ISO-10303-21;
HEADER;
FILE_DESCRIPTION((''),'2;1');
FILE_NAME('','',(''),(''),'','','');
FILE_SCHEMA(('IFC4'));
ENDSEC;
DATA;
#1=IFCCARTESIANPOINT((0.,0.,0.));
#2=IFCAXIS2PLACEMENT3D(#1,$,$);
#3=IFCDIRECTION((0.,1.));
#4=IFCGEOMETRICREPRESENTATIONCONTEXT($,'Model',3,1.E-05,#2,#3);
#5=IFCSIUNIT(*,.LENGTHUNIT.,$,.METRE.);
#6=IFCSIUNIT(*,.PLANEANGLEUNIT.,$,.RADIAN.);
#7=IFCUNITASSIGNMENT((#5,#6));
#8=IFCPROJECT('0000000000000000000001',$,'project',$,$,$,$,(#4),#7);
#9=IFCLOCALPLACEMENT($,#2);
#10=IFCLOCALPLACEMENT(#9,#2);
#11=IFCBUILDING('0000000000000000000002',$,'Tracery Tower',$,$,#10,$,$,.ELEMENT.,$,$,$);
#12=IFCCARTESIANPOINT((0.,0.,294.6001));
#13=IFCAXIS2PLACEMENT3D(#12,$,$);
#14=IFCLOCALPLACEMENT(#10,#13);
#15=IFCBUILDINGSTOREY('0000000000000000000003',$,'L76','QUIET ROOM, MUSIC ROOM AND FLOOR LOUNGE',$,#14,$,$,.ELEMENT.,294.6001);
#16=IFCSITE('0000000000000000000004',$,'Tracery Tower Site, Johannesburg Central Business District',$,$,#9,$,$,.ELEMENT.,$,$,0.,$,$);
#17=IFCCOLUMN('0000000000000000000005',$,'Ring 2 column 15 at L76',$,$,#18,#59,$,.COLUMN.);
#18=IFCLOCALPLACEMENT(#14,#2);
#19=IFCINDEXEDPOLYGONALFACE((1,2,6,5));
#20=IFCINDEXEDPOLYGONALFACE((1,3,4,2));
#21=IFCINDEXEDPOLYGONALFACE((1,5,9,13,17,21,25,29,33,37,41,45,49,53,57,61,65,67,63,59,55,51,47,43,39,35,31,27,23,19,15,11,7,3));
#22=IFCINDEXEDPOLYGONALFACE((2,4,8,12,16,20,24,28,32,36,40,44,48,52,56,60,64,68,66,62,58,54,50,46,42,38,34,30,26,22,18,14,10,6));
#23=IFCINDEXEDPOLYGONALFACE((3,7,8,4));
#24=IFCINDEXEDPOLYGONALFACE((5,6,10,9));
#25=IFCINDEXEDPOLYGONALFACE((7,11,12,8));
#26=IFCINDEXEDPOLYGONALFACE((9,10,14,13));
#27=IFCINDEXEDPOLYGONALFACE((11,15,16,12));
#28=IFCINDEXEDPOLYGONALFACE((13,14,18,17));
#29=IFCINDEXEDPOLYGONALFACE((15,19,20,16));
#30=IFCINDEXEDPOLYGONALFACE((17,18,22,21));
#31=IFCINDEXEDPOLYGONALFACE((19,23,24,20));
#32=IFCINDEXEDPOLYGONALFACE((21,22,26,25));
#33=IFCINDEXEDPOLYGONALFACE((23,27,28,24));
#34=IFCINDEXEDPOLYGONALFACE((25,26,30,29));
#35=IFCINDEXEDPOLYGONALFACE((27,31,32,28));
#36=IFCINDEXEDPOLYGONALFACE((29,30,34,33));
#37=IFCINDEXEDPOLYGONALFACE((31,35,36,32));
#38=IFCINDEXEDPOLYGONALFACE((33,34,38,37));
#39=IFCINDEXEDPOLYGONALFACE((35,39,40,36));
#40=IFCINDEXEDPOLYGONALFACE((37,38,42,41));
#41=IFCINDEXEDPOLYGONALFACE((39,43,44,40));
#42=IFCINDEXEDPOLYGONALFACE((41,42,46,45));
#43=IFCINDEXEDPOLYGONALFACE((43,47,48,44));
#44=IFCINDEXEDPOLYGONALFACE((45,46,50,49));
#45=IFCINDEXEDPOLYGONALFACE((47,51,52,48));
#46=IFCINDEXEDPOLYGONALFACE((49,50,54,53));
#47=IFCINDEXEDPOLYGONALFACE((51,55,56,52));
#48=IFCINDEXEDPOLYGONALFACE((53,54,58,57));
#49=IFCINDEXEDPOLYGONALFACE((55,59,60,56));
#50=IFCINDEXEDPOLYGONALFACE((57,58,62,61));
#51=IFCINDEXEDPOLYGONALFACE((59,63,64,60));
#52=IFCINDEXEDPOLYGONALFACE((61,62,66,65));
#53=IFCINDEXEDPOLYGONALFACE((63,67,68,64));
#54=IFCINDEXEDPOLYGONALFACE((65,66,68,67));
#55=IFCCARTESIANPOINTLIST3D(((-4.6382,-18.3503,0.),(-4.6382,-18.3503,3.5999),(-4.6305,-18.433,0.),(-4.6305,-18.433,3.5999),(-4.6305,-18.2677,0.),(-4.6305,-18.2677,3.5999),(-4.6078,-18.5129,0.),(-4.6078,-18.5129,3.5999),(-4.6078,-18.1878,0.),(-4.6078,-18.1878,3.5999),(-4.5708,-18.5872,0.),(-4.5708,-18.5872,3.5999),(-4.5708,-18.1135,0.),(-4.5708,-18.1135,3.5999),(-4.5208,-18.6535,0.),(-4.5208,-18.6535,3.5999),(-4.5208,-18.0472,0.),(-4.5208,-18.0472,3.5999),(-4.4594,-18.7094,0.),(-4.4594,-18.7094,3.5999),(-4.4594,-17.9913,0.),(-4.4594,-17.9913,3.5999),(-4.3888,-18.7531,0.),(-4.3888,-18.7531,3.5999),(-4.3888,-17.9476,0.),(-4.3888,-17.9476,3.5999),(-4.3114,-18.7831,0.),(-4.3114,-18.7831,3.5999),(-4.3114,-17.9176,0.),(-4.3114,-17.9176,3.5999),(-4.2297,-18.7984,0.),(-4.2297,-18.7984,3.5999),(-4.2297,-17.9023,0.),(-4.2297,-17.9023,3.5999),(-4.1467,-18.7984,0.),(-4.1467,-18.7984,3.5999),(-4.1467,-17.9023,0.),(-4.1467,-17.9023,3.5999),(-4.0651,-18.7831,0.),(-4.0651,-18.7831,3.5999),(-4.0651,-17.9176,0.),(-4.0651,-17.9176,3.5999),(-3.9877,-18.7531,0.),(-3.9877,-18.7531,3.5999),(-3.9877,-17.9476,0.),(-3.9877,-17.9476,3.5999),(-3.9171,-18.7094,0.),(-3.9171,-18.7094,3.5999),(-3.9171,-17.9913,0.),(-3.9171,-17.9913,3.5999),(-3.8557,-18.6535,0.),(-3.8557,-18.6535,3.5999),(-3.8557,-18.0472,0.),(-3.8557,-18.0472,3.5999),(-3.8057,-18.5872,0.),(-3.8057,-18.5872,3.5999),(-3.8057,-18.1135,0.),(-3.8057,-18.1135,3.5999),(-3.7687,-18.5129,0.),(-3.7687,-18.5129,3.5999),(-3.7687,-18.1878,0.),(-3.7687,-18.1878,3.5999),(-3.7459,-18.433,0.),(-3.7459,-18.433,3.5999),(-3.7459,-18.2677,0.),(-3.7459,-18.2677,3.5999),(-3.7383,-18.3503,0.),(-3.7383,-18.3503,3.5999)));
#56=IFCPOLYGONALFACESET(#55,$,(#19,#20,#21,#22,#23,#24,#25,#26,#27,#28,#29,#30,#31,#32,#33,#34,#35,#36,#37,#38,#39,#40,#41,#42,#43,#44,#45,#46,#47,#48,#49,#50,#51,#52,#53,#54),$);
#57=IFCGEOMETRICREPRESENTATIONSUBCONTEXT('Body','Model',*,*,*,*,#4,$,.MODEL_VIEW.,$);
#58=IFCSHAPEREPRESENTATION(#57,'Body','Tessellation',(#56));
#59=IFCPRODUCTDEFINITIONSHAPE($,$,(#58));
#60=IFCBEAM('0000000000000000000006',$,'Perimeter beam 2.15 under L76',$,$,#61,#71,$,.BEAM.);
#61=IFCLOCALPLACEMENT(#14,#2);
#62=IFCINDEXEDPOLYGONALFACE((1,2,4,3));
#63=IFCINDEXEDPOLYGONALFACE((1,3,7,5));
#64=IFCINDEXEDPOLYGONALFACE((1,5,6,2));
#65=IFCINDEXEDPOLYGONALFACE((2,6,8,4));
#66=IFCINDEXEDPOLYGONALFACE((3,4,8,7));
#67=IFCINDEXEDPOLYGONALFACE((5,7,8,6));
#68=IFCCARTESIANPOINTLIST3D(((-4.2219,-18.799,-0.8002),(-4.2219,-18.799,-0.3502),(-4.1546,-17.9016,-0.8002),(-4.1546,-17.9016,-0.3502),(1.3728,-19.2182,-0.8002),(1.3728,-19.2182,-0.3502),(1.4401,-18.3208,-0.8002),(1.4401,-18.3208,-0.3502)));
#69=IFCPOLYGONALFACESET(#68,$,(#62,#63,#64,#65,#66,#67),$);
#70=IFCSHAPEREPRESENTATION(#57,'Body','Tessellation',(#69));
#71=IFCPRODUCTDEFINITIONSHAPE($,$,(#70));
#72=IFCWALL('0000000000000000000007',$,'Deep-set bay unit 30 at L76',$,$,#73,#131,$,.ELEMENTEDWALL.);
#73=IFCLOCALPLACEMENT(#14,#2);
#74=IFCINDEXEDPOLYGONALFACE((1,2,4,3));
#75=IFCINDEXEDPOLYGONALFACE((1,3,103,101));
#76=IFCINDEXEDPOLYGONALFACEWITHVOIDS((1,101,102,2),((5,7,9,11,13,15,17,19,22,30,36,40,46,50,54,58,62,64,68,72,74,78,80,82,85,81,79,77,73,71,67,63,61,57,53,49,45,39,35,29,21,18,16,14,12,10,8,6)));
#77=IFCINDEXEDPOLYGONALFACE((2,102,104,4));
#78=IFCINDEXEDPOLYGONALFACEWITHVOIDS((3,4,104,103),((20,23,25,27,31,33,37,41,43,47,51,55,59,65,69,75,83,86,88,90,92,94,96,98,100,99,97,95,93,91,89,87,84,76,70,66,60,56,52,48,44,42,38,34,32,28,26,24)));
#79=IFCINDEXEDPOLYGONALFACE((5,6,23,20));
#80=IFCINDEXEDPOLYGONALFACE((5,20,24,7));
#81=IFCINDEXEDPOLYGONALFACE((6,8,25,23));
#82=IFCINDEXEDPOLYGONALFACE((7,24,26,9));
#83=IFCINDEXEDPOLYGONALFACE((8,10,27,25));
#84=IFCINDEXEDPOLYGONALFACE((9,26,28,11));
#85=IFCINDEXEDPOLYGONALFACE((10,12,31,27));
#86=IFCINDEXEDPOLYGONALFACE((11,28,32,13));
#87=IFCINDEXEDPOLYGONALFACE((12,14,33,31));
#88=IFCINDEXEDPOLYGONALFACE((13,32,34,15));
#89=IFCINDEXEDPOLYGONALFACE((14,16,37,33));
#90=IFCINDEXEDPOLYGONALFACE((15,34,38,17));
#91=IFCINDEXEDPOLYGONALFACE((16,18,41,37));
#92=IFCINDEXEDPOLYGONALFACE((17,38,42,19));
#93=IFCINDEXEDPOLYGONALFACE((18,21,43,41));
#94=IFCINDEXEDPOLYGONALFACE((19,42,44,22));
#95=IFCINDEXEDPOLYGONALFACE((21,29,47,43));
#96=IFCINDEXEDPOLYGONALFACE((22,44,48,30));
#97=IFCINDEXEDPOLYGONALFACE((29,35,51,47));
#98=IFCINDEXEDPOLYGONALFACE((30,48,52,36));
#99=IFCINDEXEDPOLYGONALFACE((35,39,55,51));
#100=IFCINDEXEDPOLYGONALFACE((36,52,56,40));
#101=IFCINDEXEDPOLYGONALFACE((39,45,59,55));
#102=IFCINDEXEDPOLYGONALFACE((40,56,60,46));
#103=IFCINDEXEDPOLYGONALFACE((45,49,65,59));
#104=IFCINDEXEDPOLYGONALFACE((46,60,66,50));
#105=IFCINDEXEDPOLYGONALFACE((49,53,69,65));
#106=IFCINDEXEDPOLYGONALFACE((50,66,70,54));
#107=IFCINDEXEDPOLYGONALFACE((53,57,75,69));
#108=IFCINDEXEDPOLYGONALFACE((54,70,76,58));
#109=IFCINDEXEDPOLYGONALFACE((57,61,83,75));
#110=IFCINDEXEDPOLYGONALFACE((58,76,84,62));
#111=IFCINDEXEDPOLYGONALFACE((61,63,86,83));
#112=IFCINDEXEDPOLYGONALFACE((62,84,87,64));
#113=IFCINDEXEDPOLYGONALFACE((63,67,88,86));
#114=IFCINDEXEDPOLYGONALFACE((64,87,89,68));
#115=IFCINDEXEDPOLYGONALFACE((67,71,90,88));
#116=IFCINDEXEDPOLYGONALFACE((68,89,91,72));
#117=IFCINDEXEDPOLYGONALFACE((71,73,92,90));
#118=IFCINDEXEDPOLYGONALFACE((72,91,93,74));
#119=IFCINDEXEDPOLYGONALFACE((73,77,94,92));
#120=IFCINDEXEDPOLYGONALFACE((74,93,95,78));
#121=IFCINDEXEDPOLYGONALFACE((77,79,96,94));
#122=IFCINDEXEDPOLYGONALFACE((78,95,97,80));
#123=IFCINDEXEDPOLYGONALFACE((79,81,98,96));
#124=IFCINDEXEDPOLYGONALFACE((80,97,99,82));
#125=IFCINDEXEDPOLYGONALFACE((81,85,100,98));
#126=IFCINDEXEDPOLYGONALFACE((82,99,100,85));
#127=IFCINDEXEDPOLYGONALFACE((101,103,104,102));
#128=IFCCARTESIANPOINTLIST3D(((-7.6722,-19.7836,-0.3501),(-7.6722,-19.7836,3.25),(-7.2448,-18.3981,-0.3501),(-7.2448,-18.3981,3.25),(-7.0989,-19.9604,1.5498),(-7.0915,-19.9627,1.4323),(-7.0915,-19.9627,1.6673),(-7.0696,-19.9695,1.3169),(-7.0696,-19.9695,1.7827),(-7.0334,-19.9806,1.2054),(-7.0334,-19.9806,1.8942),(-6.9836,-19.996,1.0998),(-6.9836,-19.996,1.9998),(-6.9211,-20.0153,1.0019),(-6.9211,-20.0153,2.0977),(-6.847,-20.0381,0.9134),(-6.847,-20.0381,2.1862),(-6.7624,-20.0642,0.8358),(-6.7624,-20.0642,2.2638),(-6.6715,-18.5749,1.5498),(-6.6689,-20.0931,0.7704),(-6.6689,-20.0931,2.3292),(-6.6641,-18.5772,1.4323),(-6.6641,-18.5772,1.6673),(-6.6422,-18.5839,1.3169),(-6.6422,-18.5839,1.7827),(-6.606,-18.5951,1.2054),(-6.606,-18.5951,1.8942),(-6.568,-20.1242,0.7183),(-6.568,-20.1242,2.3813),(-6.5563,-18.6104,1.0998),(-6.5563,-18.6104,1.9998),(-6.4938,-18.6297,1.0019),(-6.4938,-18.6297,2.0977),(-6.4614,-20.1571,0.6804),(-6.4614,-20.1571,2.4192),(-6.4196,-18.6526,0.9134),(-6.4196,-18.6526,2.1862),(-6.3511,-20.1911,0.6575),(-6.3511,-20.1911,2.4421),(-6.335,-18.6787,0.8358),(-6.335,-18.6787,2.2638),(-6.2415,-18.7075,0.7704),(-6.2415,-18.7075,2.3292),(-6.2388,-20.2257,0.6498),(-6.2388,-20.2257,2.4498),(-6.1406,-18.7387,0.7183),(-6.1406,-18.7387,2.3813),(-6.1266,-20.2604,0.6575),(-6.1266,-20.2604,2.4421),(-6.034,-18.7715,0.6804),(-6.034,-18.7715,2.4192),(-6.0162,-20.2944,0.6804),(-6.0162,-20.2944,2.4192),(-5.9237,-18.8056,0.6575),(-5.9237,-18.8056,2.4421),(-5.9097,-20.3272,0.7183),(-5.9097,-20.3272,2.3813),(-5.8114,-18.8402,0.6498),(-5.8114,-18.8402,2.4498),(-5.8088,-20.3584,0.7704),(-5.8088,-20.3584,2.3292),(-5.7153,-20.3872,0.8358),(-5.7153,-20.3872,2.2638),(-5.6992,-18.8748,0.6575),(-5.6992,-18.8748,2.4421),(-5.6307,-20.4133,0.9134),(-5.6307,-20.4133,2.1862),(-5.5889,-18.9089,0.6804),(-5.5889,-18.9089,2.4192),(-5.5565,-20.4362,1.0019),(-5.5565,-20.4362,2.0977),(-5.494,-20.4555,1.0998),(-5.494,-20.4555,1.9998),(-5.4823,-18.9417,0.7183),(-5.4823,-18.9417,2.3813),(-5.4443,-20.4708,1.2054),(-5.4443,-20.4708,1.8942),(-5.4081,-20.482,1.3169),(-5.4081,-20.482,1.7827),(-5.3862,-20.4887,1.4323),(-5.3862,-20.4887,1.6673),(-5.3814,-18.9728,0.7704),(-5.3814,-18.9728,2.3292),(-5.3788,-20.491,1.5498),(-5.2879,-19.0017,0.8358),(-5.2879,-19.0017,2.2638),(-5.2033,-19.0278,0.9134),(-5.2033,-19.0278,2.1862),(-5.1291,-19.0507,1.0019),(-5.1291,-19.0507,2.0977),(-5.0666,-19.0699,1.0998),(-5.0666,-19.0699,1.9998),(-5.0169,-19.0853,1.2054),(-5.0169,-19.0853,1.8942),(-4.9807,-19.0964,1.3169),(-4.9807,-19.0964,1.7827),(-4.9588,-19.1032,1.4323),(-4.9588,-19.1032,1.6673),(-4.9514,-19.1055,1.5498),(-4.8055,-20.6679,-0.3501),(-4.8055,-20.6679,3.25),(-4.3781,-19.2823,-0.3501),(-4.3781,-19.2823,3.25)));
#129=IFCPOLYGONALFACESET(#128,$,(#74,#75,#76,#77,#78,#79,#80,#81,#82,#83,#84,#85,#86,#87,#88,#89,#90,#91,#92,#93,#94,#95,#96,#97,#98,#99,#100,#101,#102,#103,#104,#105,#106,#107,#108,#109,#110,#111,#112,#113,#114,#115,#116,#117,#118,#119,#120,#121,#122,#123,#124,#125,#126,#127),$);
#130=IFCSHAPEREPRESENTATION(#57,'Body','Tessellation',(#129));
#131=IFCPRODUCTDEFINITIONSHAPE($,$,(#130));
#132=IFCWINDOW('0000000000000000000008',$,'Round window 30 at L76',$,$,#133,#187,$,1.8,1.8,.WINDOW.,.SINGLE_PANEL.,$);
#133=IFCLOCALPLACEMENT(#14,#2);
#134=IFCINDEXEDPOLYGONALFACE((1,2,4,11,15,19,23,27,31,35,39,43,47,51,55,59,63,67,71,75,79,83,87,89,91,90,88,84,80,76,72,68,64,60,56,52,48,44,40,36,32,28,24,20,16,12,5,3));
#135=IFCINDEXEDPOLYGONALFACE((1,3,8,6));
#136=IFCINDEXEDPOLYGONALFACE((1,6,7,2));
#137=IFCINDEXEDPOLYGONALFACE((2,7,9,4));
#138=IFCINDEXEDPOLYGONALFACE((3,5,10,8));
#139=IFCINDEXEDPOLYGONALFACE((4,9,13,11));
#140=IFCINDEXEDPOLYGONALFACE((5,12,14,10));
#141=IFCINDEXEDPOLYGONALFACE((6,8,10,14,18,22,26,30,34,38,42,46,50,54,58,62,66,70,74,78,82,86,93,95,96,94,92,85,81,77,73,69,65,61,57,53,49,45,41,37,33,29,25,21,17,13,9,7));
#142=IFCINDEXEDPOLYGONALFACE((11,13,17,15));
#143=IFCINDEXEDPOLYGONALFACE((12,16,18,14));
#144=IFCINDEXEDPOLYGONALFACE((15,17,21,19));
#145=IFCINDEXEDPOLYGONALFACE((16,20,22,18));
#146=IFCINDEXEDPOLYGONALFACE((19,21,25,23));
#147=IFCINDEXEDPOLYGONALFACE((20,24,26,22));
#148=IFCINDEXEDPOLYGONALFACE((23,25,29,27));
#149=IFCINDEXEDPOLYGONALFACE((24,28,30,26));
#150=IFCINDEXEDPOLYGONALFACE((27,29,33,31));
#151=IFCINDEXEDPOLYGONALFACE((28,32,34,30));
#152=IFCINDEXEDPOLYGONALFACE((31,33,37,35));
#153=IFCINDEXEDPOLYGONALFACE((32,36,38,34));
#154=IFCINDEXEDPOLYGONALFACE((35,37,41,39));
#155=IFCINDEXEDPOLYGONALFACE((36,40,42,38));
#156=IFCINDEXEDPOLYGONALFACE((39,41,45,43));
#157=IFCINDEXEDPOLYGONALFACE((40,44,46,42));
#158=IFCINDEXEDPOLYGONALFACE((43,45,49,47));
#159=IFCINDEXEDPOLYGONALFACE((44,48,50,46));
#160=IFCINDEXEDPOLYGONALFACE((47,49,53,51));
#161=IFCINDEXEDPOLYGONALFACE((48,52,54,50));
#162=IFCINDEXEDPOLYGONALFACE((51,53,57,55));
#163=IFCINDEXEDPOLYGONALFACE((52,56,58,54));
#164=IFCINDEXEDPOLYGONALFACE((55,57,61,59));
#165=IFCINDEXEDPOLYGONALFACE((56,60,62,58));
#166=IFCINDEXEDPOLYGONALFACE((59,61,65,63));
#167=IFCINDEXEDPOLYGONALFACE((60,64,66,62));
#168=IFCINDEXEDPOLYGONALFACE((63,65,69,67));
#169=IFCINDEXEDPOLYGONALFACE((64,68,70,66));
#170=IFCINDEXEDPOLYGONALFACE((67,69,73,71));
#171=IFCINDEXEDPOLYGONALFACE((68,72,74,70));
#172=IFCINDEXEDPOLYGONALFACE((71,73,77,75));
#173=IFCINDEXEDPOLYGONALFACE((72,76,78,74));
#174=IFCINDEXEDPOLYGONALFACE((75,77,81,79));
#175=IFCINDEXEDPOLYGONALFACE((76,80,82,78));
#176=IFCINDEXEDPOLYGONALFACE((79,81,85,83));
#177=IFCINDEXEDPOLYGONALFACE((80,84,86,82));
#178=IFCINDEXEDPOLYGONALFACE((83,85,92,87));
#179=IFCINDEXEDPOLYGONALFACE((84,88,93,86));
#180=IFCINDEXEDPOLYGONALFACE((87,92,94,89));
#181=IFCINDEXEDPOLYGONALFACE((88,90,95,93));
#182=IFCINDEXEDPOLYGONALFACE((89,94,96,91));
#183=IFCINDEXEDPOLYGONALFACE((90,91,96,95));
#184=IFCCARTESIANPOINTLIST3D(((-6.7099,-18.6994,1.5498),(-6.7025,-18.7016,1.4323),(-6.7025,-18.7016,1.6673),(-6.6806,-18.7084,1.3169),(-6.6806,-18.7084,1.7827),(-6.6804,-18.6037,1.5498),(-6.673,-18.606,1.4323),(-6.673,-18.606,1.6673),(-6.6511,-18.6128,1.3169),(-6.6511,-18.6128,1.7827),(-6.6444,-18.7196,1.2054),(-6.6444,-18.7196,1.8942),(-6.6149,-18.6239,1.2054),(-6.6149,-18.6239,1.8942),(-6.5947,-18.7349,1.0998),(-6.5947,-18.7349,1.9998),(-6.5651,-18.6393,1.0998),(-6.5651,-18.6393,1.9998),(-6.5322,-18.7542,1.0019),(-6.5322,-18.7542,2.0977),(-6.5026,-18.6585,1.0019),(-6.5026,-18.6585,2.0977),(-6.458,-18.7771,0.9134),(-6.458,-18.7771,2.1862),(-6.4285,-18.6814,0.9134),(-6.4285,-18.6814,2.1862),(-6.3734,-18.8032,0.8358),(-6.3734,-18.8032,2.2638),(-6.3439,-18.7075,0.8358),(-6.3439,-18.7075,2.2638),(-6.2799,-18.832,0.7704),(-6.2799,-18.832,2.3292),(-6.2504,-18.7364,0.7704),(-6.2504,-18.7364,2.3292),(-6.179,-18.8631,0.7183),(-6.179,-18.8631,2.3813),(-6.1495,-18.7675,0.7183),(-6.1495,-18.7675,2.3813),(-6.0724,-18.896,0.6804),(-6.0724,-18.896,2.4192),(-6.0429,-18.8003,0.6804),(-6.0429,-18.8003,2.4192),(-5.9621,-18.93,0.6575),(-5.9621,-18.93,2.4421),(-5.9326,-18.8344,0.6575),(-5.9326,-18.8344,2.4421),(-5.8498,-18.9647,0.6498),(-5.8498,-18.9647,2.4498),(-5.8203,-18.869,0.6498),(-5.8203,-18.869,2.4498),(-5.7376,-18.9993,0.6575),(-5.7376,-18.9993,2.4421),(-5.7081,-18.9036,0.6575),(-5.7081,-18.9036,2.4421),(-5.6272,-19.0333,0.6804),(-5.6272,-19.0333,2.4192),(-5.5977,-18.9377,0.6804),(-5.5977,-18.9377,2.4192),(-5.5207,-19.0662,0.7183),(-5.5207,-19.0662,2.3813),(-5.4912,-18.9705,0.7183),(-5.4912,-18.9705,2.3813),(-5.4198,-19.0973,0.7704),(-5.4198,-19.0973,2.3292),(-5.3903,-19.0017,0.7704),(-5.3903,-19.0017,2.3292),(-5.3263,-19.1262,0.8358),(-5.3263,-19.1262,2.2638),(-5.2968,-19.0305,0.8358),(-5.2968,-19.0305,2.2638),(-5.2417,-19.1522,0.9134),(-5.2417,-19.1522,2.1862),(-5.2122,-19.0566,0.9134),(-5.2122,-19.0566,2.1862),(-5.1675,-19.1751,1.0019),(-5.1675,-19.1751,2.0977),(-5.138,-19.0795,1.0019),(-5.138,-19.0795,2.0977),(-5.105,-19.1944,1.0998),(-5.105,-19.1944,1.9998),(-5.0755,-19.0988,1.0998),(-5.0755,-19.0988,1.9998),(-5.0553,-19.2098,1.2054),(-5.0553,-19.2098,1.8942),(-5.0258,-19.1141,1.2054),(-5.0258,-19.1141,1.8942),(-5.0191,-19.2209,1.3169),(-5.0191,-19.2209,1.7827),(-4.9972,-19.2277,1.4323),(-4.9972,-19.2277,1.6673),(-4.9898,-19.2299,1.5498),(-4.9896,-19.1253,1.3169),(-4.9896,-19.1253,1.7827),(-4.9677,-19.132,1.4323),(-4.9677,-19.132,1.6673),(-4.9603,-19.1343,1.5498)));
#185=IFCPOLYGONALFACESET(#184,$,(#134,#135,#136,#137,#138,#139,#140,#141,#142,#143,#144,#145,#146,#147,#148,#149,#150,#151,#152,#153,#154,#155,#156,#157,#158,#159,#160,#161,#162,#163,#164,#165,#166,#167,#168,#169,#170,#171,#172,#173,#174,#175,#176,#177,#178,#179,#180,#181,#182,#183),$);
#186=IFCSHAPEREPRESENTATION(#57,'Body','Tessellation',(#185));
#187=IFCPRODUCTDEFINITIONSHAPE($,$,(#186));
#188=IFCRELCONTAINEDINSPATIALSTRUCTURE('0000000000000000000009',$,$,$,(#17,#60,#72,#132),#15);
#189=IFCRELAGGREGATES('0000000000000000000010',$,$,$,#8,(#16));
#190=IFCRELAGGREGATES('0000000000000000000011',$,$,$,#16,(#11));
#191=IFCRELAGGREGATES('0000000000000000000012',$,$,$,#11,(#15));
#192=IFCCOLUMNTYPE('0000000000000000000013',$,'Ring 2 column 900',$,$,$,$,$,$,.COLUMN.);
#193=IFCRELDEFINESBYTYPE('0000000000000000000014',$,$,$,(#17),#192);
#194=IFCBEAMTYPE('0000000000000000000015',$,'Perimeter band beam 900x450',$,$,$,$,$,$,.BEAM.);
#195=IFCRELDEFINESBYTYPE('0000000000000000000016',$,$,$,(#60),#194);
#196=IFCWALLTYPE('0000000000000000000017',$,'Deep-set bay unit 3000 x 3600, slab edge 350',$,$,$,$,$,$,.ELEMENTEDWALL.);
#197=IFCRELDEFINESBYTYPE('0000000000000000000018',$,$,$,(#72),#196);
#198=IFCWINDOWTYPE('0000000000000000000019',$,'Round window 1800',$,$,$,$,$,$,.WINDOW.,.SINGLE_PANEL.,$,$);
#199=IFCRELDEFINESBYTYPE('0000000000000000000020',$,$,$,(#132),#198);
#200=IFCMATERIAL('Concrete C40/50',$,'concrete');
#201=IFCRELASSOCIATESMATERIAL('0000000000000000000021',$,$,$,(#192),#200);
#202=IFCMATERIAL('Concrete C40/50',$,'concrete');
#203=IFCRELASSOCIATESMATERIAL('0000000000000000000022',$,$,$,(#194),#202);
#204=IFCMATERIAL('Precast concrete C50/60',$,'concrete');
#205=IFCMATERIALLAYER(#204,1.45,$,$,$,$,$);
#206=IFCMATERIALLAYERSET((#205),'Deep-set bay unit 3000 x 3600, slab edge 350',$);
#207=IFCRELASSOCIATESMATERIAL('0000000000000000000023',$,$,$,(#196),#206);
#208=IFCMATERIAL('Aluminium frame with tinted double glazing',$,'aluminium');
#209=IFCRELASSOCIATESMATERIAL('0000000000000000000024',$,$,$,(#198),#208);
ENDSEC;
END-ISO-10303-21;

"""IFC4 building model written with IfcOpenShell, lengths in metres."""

from ifc_helpers import new_model, si_unit, direction, frame, frame_2d, origin, origin_2d, place, context, subcontext, project, spatial, rectangle, circle, extrude, material, layer, layer_set, material_profile, profile_set, type_object, element, fill, save


model = new_model("IFC4")

# Units and contexts
model_context = context("Model", 3, precision=1e-05, world=origin(), true_north=direction((0.0, 1.0)))
body_context = subcontext(model_context, "Body", "Model", "MODEL_VIEW")
ifc_project = project(units=[si_unit("LENGTHUNIT", "METRE"), si_unit("PLANEANGLEUNIT", "RADIAN")], contexts=[model_context])

# Site, building, storey
site_placement = place(None, origin())
site = spatial("IfcSite", under=ifc_project, at=site_placement, Name="Tracery Tower Site, Johannesburg Central Business District", CompositionType="ELEMENT", RefElevation=0.0)
building_placement = place(site_placement, origin())
building = spatial("IfcBuilding", under=site, at=building_placement, Name="Tracery Tower", CompositionType="ELEMENT")
storey_placement = place(building_placement, frame((0.0, 0.0, 294.6001)))
storey = spatial("IfcBuildingStorey", under=building, at=storey_placement, Name="L76", Description="QUIET ROOM, MUSIC ROOM AND FLOOR LOUNGE", CompositionType="ELEMENT", Elevation=294.6001)

# Column
ifc_material_1 = material(Name="Concrete C40/50", Category="concrete")
ifc_material_profile_1 = material_profile(ifc_material_1, circle(Radius=0.45, at=origin_2d()), Name="RC D900")
ifc_profile_set_1 = profile_set([ifc_material_profile_1], Name="Concrete C40/50")
column_type = type_object("IfcColumnType", Name="Ring 2 column 900", PredefinedType="COLUMN", material=ifc_profile_set_1)
column_placement = place(storey_placement, frame((-4.1882, -18.3503, 0.0), z_axis=(0.0, 0.0, 1.0), x_axis=(1.0, 0.0, 0.0)))
element("IfcColumn", 1, at=column_placement, inside=storey, type_object=column_type, Name="Ring 2 column 15 at L76", PredefinedType="COLUMN", context=body_context, shape_type="SweptSolid", body=[
    extrude(circle(Radius=0.45, at=origin_2d()), origin(), (0.0, 0.0, 1.0), 3.5999),
])

# Beam
ifc_material_2 = material(Name="Concrete C40/50", Category="concrete")
ifc_material_profile_2 = material_profile(ifc_material_2, rectangle(XDim=0.8999, YDim=0.45, at=origin_2d()), Name="RC 900x450")
ifc_profile_set_2 = profile_set([ifc_material_profile_2], Name="Concrete C40/50")
beam_type = type_object("IfcBeamType", Name="Perimeter band beam 900x450", PredefinedType="BEAM", material=ifc_profile_set_2)
beam_placement = place(storey_placement, frame((-4.1882, -18.3503, -0.5752), z_axis=(0.997205, -0.074716, 0.0), x_axis=(0.074716, 0.997205, 0.0)))
element("IfcBeam", 2, at=beam_placement, inside=storey, type_object=beam_type, Name="Perimeter beam 2.15 under L76", PredefinedType="BEAM", context=body_context, shape_type="SweptSolid", body=[
    extrude(rectangle(XDim=0.8999, YDim=0.45, at=origin_2d()), origin(), (0.0, 0.0, 1.0), 5.6104),
])

# Wall, opening, window
ifc_material_3 = material(Name="Precast concrete C50/60", Category="concrete")
ifc_layer_1 = layer(ifc_material_3, 1.45)
ifc_layer_set_1 = layer_set([ifc_layer_1], Name="Deep-set bay unit 3000 x 3600, slab edge 350")
wall_type_1 = type_object("IfcWallType", Name="Deep-set bay unit 3000 x 3600, slab edge 350", PredefinedType="ELEMENTEDWALL", material=ifc_layer_set_1)
wall_1_placement = place(storey_placement, frame((-7.4585, -19.0908, -0.3501), z_axis=(0.0, 0.0, 1.0), x_axis=(0.955571, -0.294761, 0.0)))
wall_1 = element("IfcWall", 3, at=wall_1_placement, inside=storey, type_object=wall_type_1, Name="Deep-set bay unit 30 at L76", PredefinedType="ELEMENTEDWALL", context=body_context, shape_type="SweptSolid", body=[
    extrude(rectangle(XDim=3.0, YDim=1.45, at=frame_2d((1.5, 0.0))), origin(), (0.0, 0.0, 1.0), 3.6001),
])
opening_1_placement = place(wall_1_placement, frame((1.5, 0.0, 1.8999)))
opening_1 = element("IfcOpeningElement", 4, at=opening_1_placement, cuts=wall_1, PredefinedType="OPENING", context=body_context, shape_type="SweptSolid", body=[
    extrude(circle(Radius=0.9, at=origin_2d()), frame((0.0, 0.7349, 0.0), z_axis=(0.0, -1.0, 0.0), x_axis=(1.0, 0.0, 0.0)), (0.0, 0.0, 1.0), 1.47),
])
ifc_material_4 = material(Name="Aluminium frame with tinted double glazing", Category="aluminium")
window_type = type_object("IfcWindowType", Name="Round window 1800", PartitioningType="SINGLE_PANEL", PredefinedType="WINDOW", material=ifc_material_4)
window_1_placement = place(opening_1_placement, origin())
window_1 = element("IfcWindow", 5, at=window_1_placement, inside=storey, type_object=window_type, Name="Round window 30 at L76", OverallHeight=1.8, OverallWidth=1.8, PartitioningType="SINGLE_PANEL", PredefinedType="WINDOW", context=body_context, shape_type="SweptSolid", body=[
    extrude(circle(Radius=0.9, at=origin_2d()), frame((0.0, 0.6948, 0.0), z_axis=(0.0, -1.0, 0.0), x_axis=(1.0, 0.0, 0.0)), (0.0, 0.0, 1.0), 0.1001),
])
fill(opening_1, window_1)

save(model, "model.ifc")
